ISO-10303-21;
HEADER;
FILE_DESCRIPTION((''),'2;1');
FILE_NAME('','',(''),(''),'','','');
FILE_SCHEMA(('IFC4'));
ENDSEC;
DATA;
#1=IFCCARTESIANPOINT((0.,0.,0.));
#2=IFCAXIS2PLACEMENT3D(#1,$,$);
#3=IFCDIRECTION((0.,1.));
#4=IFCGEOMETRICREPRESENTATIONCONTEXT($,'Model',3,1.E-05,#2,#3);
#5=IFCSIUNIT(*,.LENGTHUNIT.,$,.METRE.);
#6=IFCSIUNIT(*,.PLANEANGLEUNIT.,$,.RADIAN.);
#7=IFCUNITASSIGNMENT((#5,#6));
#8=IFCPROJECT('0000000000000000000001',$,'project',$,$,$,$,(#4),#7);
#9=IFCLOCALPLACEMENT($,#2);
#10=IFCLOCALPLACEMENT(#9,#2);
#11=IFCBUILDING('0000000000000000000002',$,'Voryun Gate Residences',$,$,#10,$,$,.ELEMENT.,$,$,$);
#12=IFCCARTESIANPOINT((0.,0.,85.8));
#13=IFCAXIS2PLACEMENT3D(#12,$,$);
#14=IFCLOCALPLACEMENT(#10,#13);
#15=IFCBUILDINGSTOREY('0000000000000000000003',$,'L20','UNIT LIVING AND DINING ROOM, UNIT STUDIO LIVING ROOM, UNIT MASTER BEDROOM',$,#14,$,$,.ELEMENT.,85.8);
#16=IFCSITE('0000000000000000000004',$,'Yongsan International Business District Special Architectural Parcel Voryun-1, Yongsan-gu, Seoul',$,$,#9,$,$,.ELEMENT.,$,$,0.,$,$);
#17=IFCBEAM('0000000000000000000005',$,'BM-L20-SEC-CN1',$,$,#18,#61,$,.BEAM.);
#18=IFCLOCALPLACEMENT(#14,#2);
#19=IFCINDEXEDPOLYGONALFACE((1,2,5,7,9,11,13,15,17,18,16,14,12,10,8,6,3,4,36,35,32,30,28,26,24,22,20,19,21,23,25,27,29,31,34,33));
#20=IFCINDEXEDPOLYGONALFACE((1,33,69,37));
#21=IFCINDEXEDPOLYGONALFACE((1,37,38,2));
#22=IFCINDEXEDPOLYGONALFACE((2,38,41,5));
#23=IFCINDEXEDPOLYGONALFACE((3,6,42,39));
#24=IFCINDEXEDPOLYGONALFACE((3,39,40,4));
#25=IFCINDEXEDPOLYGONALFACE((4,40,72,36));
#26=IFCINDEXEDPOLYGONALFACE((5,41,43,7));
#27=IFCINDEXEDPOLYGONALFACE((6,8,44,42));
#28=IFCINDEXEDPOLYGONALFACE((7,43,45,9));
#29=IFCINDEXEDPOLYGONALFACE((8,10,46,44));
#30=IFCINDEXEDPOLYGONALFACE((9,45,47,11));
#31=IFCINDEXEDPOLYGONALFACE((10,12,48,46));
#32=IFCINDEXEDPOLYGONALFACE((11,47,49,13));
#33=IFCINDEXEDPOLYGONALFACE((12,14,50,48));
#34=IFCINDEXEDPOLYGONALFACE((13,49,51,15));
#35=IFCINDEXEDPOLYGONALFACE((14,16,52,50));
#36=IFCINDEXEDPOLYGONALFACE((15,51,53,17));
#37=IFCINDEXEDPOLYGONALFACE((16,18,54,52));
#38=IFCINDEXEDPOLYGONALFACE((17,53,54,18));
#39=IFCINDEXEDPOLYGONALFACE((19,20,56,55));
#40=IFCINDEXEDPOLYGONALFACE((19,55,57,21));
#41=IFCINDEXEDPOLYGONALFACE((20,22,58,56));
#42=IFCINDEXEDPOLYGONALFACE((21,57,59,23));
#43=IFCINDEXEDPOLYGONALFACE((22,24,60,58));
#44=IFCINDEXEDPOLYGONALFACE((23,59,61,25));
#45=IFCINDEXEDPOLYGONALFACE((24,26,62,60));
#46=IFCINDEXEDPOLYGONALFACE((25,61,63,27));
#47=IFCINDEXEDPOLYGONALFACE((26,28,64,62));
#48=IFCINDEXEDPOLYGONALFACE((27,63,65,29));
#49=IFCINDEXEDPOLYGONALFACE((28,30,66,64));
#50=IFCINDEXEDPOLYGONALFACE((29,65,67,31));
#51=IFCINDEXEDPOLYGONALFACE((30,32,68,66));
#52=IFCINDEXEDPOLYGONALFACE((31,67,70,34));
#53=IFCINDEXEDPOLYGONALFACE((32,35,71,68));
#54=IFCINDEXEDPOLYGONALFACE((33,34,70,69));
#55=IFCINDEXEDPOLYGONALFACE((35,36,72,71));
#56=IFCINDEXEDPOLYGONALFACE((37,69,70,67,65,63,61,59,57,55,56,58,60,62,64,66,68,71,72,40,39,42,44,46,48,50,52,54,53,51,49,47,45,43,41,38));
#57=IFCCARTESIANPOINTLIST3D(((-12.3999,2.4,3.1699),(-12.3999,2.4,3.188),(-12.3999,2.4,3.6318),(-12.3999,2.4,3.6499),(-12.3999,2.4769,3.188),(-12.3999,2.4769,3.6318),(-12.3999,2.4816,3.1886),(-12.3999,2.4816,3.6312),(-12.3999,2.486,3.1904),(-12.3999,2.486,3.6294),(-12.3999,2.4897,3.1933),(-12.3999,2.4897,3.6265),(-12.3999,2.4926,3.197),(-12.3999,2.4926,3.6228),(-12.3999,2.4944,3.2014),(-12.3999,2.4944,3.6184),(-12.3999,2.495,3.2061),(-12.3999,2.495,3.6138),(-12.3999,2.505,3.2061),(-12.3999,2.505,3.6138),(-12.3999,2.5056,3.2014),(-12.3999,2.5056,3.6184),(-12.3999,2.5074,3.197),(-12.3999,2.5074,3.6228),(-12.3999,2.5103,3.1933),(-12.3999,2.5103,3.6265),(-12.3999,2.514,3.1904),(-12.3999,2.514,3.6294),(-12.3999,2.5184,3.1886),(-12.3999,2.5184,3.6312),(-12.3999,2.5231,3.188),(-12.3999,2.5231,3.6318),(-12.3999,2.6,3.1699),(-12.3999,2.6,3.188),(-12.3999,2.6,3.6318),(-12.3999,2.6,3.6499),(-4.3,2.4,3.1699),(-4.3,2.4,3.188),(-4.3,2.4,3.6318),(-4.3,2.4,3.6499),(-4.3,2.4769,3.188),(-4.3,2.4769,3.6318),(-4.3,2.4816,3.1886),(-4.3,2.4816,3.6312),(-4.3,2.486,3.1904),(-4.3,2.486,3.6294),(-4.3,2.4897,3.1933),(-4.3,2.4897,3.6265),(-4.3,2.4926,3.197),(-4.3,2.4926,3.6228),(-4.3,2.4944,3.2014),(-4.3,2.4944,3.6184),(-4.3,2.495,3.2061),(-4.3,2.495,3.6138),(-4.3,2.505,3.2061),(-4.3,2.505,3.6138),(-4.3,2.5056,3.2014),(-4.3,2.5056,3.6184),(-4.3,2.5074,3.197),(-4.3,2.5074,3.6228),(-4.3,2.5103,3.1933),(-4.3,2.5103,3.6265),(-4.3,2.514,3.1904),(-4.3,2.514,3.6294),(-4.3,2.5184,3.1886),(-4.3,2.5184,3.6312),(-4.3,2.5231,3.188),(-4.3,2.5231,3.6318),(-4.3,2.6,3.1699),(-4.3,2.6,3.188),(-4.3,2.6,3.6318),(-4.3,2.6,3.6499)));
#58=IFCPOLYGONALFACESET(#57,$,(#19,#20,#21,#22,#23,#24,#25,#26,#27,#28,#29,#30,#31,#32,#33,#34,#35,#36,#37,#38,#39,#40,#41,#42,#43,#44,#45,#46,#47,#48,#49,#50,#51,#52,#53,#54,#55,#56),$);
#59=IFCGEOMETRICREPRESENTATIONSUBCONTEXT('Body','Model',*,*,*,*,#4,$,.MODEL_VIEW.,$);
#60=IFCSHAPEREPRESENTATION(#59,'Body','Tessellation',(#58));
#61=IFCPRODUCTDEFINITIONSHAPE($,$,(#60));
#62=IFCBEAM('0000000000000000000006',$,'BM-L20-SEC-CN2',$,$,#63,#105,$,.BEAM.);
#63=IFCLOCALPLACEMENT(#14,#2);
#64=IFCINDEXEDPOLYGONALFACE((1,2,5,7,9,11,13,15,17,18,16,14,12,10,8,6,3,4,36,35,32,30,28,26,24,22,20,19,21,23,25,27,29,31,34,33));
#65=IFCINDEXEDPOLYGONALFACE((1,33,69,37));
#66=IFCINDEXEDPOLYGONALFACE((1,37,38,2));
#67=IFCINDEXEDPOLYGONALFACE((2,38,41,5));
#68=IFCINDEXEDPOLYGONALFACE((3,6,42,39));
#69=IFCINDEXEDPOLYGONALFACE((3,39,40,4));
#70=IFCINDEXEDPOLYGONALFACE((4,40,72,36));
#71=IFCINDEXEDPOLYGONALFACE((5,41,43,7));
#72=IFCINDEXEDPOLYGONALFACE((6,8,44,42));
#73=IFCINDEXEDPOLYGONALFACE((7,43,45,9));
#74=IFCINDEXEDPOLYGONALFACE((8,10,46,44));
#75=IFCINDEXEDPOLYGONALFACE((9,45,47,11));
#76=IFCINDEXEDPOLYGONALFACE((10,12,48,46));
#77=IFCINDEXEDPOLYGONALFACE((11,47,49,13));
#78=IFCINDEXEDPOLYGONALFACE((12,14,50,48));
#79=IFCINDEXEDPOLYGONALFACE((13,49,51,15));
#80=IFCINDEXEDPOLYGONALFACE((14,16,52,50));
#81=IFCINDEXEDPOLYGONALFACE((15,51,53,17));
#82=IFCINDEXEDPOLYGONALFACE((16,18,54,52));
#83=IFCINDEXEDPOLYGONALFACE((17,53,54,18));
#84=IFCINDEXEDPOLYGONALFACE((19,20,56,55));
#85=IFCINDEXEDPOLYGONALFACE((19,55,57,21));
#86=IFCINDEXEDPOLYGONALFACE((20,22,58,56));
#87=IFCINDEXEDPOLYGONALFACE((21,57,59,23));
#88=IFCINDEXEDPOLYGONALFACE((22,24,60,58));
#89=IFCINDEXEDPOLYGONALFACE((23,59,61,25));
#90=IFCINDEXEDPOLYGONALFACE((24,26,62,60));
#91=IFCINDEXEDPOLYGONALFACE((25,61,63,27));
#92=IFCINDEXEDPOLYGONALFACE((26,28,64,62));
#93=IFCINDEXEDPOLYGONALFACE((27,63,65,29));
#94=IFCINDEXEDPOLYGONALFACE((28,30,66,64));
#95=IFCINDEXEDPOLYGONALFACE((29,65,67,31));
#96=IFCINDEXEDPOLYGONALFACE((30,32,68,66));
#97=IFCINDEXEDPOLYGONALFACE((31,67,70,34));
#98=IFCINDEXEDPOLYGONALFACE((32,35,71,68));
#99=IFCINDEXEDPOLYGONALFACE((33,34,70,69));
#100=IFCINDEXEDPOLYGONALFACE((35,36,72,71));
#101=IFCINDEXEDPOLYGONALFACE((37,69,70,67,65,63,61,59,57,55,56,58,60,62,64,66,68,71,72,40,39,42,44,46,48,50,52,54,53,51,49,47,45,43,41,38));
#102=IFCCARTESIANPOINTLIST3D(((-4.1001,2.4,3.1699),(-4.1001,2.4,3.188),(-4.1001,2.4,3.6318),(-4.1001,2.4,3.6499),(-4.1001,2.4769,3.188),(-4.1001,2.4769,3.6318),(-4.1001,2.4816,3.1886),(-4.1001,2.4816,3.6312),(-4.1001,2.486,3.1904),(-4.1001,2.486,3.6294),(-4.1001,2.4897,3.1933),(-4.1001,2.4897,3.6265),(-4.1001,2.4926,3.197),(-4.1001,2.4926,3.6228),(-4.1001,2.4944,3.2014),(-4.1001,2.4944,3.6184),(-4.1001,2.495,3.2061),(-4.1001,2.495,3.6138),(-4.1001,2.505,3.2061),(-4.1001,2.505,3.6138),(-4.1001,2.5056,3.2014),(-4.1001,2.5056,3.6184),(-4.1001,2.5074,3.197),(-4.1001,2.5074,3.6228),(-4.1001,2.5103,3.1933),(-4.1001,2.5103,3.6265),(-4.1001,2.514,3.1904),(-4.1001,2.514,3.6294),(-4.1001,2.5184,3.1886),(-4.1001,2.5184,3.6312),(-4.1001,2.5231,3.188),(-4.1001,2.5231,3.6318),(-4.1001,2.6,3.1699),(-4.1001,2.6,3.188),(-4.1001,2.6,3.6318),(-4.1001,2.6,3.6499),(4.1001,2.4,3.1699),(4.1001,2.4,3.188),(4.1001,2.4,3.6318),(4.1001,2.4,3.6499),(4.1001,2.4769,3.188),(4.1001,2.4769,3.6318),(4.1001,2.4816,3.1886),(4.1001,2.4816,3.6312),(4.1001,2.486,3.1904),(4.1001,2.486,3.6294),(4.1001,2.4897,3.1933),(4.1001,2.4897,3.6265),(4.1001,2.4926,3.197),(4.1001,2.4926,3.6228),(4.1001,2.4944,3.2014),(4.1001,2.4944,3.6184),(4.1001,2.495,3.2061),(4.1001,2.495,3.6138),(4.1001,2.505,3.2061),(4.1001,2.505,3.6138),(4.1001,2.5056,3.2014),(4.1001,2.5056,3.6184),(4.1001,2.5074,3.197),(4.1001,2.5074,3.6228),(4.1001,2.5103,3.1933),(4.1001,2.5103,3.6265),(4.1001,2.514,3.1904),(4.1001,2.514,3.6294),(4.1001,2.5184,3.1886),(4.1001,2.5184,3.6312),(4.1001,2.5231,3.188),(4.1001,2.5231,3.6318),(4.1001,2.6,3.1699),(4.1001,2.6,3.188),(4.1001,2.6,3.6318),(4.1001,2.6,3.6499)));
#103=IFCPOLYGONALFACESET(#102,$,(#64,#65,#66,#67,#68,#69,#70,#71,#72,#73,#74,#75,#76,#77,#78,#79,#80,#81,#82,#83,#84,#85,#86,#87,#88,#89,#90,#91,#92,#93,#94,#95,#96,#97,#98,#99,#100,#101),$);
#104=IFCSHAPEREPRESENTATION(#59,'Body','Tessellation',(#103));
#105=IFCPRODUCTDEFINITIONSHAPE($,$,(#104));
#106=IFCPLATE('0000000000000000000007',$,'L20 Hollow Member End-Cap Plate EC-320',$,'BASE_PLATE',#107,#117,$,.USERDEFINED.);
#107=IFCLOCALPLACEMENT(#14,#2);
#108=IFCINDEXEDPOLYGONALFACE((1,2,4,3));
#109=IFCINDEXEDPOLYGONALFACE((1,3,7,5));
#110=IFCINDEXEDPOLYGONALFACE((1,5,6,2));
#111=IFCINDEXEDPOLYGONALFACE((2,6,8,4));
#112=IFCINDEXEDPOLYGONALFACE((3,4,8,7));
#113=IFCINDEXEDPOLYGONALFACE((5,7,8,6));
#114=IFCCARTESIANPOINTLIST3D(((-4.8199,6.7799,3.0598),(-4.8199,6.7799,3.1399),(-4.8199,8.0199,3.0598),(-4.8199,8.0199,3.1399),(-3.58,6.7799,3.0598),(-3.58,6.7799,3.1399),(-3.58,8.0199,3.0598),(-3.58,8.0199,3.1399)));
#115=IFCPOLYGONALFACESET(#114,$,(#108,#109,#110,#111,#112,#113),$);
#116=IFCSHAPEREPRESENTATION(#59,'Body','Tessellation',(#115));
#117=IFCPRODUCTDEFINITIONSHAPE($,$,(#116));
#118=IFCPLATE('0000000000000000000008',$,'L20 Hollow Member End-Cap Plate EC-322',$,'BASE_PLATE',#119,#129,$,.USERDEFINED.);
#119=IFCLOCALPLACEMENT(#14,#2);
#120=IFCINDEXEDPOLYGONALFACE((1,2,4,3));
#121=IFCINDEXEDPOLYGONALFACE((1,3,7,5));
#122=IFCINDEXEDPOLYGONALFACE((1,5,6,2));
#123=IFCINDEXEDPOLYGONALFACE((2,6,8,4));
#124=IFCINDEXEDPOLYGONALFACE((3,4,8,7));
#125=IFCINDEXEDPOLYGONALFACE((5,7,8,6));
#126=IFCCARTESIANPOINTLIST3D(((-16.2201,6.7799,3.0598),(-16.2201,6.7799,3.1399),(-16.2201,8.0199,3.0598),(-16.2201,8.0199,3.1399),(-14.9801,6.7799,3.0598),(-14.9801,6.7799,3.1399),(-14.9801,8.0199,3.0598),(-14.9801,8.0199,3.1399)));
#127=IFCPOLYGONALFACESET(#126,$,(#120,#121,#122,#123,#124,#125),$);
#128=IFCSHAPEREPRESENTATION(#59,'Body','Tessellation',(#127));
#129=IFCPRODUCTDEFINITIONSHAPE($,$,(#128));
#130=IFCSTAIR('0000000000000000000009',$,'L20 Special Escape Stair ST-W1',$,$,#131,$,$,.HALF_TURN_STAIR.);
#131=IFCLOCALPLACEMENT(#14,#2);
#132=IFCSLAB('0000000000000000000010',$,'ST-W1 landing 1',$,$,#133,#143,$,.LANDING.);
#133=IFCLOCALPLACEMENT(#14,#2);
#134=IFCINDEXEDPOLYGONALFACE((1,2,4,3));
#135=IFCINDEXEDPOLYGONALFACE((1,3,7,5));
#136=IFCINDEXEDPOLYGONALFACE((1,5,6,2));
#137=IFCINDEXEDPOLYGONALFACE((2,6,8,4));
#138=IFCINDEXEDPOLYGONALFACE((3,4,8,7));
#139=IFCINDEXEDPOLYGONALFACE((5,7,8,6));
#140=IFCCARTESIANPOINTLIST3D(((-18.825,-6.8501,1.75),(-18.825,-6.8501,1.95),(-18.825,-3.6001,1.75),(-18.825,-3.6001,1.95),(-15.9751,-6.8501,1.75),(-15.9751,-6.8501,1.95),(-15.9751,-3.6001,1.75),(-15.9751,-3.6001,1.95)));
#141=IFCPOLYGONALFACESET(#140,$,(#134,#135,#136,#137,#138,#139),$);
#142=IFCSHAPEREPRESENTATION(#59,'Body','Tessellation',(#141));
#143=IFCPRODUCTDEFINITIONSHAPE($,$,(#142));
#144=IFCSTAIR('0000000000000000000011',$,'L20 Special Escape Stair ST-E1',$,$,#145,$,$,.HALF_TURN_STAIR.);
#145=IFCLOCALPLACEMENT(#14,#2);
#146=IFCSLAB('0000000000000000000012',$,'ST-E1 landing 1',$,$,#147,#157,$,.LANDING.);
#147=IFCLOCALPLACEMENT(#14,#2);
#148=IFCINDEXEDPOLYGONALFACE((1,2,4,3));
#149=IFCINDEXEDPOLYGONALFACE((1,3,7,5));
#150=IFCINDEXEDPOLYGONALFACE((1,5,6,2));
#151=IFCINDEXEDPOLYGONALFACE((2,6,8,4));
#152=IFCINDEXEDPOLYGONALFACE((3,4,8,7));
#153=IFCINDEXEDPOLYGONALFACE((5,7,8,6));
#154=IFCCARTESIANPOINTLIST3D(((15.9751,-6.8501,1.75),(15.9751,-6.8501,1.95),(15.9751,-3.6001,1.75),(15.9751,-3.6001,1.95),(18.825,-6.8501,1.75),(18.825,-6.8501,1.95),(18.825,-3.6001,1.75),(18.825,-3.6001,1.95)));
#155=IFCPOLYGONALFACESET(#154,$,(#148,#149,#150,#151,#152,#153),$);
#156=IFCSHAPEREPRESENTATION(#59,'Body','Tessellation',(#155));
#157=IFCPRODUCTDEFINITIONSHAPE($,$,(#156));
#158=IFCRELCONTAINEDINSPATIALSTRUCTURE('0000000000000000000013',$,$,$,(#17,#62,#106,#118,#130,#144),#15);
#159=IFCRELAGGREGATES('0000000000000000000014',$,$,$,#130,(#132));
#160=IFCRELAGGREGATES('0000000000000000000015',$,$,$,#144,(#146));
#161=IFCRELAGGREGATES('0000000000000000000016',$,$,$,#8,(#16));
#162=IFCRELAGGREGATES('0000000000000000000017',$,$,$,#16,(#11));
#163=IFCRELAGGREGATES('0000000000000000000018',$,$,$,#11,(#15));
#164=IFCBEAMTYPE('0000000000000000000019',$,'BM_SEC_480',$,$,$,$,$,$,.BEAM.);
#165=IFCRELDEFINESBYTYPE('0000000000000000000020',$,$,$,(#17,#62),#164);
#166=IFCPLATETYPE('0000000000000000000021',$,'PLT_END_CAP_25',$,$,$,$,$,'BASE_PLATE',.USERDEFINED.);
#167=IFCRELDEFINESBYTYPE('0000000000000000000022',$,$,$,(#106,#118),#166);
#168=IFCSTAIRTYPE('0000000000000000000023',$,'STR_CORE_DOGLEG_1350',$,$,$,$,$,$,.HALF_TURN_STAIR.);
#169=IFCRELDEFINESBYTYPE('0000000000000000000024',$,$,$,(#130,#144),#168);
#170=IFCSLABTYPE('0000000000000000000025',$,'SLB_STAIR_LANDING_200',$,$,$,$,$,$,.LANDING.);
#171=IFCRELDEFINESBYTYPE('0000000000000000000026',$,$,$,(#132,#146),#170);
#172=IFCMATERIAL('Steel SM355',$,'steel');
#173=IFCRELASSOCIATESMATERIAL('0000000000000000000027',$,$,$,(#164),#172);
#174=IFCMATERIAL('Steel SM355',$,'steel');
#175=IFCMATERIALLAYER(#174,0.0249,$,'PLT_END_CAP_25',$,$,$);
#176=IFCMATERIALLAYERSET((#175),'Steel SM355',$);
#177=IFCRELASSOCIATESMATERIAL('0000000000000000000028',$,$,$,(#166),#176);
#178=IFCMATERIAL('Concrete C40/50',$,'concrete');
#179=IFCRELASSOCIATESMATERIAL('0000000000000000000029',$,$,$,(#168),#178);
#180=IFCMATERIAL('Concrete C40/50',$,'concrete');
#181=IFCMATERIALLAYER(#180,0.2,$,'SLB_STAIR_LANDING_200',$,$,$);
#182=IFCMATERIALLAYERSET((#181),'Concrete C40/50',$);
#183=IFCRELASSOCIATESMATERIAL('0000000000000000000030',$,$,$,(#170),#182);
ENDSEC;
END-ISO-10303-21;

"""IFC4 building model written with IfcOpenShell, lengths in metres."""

from ifc_helpers import new_model, si_unit, direction, frame, origin, origin_2d, place, context, subcontext, project, spatial, polyline, rectangle, i_section, outline, extrude, material, layer, layer_set, material_profile, profile_set, type_object, element, aggregate, save


model = new_model("IFC4")

# Units and contexts
model_context = context("Model", 3, precision=1e-05, world=origin(), true_north=direction((0.0, 1.0)))
body_context = subcontext(model_context, "Body", "Model", "MODEL_VIEW")
ifc_project = project(units=[si_unit("LENGTHUNIT", "METRE"), si_unit("PLANEANGLEUNIT", "RADIAN")], contexts=[model_context])

# Site, building, storey
site_placement = place(None, origin())
site = spatial("IfcSite", under=ifc_project, at=site_placement, Name="Yongsan International Business District Special Architectural Parcel Voryun-1, Yongsan-gu, Seoul", CompositionType="ELEMENT", RefElevation=0.0)
building_placement = place(site_placement, origin())
building = spatial("IfcBuilding", under=site, at=building_placement, Name="Voryun Gate Residences", CompositionType="ELEMENT")
storey_placement = place(building_placement, frame((0.0, 0.0, 85.8)))
storey = spatial("IfcBuildingStorey", under=building, at=storey_placement, Name="L20", Description="UNIT LIVING AND DINING ROOM, UNIT STUDIO LIVING ROOM, UNIT MASTER BEDROOM", CompositionType="ELEMENT", Elevation=85.8)

# Beams
ifc_material_1 = material(Name="Steel SM355", Category="steel")
ifc_material_profile_1 = material_profile(ifc_material_1, i_section(OverallWidth=0.2, OverallDepth=0.48, WebThickness=0.01, FlangeThickness=0.0181, FilletRadius=0.0181, at=origin_2d()), Name="H-480x200x10x18")
ifc_profile_set_1 = profile_set([ifc_material_profile_1], Name="Steel SM355")
beam_type_1 = type_object("IfcBeamType", Name="BM_SEC_480", PredefinedType="BEAM", material=ifc_profile_set_1)
beam_1_placement = place(storey_placement, frame((-12.3999, 2.5, 3.4099), z_axis=(1.0, 0.0, 0.0), x_axis=(0.0, 1.0, 0.0)))
element("IfcBeam", 1, at=beam_1_placement, inside=storey, type_object=beam_type_1, Name="BM-L20-SEC-CN1", PredefinedType="BEAM", context=body_context, shape_type="SweptSolid", body=[
    extrude(i_section(OverallWidth=0.2, OverallDepth=0.48, WebThickness=0.01, FlangeThickness=0.0181, FilletRadius=0.0181, at=origin_2d()), origin(), (0.0, 0.0, 1.0), 8.0999),
])
beam_2_placement = place(storey_placement, frame((-4.1001, 2.5, 3.4099), z_axis=(1.0, 0.0, 0.0), x_axis=(0.0, 1.0, 0.0)))
element("IfcBeam", 2, at=beam_2_placement, inside=storey, type_object=beam_type_1, Name="BM-L20-SEC-CN2", PredefinedType="BEAM", context=body_context, shape_type="SweptSolid", body=[
    extrude(i_section(OverallWidth=0.2, OverallDepth=0.48, WebThickness=0.01, FlangeThickness=0.0181, FilletRadius=0.0181, at=origin_2d()), origin(), (0.0, 0.0, 1.0), 8.2002),
])

# Plates
ifc_material_2 = material(Name="Steel SM355", Category="steel")
ifc_layer_1 = layer(ifc_material_2, 0.0249, Name="PLT_END_CAP_25")
ifc_layer_set_1 = layer_set([ifc_layer_1], Name="Steel SM355")
plate_type = type_object("IfcPlateType", Name="PLT_END_CAP_25", ElementType="BASE_PLATE", PredefinedType="USERDEFINED", material=ifc_layer_set_1)
for number, where, z_axis, x_axis, name in (
    (3, (-4.2, 7.3999, 3.0598), (0.0, 0.0, 1.0), (1.0, 0.0, 0.0), "L20 Hollow Member End-Cap Plate EC-320"),
    (4, (-15.6001, 7.3999, 3.0598), (0.0, 0.0, 1.0), (1.0, 0.0, 0.0), "L20 Hollow Member End-Cap Plate EC-322"),
):
    element("IfcPlate", number, at=place(storey_placement, frame(where, z_axis=z_axis, x_axis=x_axis)), inside=storey, type_object=plate_type, Name=name, ObjectType="BASE_PLATE", PredefinedType="USERDEFINED", context=body_context, shape_type="SweptSolid", body=[
        extrude(rectangle(XDim=1.24, YDim=1.24, at=origin_2d()), origin(), (0.0, 0.0, 1.0), 0.0801),
    ])

# Stairs, slabs
ifc_material_3 = material(Name="Concrete C40/50", Category="concrete")
stair_type = type_object("IfcStairType", Name="STR_CORE_DOGLEG_1350", PredefinedType="HALF_TURN_STAIR", material=ifc_material_3)
stair_1_placement = place(storey_placement, origin())
stair_1 = element("IfcStair", 5, at=stair_1_placement, inside=storey, type_object=stair_type, Name="L20 Special Escape Stair ST-W1", PredefinedType="HALF_TURN_STAIR")
ifc_material_4 = material(Name="Concrete C40/50", Category="concrete")
ifc_layer_2 = layer(ifc_material_4, 0.2, Name="SLB_STAIR_LANDING_200")
ifc_layer_set_2 = layer_set([ifc_layer_2], Name="Concrete C40/50")
slab_type_1 = type_object("IfcSlabType", Name="SLB_STAIR_LANDING_200", PredefinedType="LANDING", material=ifc_layer_set_2)
slab_1_placement = place(storey_placement, frame((0.0, 0.0, 1.75)))
slab_1 = element("IfcSlab", 6, at=slab_1_placement, type_object=slab_type_1, Name="ST-W1 landing 1", PredefinedType="LANDING", context=body_context, shape_type="SweptSolid", body=[
    extrude(outline(polyline([(-18.825, -3.6001), (-18.825, -6.8501), (-15.9751, -6.8501), (-15.9751, -3.6001), (-18.825, -3.6001)])), origin(), (0.0, 0.0, 1.0), 0.2),
])
aggregate(stair_1, [slab_1])
stair_2_placement = place(storey_placement, origin())
stair_2 = element("IfcStair", 7, at=stair_2_placement, inside=storey, type_object=stair_type, Name="L20 Special Escape Stair ST-E1", PredefinedType="HALF_TURN_STAIR")
slab_2_placement = place(storey_placement, frame((0.0, 0.0, 1.75)))
slab_2 = element("IfcSlab", 8, at=slab_2_placement, type_object=slab_type_1, Name="ST-E1 landing 1", PredefinedType="LANDING", context=body_context, shape_type="SweptSolid", body=[
    extrude(outline(polyline([(15.9751, -3.6001), (15.9751, -6.8501), (18.825, -6.8501), (18.825, -3.6001), (15.9751, -3.6001)])), origin(), (0.0, 0.0, 1.0), 0.2),
])
aggregate(stair_2, [slab_2])

save(model, "model.ifc")
